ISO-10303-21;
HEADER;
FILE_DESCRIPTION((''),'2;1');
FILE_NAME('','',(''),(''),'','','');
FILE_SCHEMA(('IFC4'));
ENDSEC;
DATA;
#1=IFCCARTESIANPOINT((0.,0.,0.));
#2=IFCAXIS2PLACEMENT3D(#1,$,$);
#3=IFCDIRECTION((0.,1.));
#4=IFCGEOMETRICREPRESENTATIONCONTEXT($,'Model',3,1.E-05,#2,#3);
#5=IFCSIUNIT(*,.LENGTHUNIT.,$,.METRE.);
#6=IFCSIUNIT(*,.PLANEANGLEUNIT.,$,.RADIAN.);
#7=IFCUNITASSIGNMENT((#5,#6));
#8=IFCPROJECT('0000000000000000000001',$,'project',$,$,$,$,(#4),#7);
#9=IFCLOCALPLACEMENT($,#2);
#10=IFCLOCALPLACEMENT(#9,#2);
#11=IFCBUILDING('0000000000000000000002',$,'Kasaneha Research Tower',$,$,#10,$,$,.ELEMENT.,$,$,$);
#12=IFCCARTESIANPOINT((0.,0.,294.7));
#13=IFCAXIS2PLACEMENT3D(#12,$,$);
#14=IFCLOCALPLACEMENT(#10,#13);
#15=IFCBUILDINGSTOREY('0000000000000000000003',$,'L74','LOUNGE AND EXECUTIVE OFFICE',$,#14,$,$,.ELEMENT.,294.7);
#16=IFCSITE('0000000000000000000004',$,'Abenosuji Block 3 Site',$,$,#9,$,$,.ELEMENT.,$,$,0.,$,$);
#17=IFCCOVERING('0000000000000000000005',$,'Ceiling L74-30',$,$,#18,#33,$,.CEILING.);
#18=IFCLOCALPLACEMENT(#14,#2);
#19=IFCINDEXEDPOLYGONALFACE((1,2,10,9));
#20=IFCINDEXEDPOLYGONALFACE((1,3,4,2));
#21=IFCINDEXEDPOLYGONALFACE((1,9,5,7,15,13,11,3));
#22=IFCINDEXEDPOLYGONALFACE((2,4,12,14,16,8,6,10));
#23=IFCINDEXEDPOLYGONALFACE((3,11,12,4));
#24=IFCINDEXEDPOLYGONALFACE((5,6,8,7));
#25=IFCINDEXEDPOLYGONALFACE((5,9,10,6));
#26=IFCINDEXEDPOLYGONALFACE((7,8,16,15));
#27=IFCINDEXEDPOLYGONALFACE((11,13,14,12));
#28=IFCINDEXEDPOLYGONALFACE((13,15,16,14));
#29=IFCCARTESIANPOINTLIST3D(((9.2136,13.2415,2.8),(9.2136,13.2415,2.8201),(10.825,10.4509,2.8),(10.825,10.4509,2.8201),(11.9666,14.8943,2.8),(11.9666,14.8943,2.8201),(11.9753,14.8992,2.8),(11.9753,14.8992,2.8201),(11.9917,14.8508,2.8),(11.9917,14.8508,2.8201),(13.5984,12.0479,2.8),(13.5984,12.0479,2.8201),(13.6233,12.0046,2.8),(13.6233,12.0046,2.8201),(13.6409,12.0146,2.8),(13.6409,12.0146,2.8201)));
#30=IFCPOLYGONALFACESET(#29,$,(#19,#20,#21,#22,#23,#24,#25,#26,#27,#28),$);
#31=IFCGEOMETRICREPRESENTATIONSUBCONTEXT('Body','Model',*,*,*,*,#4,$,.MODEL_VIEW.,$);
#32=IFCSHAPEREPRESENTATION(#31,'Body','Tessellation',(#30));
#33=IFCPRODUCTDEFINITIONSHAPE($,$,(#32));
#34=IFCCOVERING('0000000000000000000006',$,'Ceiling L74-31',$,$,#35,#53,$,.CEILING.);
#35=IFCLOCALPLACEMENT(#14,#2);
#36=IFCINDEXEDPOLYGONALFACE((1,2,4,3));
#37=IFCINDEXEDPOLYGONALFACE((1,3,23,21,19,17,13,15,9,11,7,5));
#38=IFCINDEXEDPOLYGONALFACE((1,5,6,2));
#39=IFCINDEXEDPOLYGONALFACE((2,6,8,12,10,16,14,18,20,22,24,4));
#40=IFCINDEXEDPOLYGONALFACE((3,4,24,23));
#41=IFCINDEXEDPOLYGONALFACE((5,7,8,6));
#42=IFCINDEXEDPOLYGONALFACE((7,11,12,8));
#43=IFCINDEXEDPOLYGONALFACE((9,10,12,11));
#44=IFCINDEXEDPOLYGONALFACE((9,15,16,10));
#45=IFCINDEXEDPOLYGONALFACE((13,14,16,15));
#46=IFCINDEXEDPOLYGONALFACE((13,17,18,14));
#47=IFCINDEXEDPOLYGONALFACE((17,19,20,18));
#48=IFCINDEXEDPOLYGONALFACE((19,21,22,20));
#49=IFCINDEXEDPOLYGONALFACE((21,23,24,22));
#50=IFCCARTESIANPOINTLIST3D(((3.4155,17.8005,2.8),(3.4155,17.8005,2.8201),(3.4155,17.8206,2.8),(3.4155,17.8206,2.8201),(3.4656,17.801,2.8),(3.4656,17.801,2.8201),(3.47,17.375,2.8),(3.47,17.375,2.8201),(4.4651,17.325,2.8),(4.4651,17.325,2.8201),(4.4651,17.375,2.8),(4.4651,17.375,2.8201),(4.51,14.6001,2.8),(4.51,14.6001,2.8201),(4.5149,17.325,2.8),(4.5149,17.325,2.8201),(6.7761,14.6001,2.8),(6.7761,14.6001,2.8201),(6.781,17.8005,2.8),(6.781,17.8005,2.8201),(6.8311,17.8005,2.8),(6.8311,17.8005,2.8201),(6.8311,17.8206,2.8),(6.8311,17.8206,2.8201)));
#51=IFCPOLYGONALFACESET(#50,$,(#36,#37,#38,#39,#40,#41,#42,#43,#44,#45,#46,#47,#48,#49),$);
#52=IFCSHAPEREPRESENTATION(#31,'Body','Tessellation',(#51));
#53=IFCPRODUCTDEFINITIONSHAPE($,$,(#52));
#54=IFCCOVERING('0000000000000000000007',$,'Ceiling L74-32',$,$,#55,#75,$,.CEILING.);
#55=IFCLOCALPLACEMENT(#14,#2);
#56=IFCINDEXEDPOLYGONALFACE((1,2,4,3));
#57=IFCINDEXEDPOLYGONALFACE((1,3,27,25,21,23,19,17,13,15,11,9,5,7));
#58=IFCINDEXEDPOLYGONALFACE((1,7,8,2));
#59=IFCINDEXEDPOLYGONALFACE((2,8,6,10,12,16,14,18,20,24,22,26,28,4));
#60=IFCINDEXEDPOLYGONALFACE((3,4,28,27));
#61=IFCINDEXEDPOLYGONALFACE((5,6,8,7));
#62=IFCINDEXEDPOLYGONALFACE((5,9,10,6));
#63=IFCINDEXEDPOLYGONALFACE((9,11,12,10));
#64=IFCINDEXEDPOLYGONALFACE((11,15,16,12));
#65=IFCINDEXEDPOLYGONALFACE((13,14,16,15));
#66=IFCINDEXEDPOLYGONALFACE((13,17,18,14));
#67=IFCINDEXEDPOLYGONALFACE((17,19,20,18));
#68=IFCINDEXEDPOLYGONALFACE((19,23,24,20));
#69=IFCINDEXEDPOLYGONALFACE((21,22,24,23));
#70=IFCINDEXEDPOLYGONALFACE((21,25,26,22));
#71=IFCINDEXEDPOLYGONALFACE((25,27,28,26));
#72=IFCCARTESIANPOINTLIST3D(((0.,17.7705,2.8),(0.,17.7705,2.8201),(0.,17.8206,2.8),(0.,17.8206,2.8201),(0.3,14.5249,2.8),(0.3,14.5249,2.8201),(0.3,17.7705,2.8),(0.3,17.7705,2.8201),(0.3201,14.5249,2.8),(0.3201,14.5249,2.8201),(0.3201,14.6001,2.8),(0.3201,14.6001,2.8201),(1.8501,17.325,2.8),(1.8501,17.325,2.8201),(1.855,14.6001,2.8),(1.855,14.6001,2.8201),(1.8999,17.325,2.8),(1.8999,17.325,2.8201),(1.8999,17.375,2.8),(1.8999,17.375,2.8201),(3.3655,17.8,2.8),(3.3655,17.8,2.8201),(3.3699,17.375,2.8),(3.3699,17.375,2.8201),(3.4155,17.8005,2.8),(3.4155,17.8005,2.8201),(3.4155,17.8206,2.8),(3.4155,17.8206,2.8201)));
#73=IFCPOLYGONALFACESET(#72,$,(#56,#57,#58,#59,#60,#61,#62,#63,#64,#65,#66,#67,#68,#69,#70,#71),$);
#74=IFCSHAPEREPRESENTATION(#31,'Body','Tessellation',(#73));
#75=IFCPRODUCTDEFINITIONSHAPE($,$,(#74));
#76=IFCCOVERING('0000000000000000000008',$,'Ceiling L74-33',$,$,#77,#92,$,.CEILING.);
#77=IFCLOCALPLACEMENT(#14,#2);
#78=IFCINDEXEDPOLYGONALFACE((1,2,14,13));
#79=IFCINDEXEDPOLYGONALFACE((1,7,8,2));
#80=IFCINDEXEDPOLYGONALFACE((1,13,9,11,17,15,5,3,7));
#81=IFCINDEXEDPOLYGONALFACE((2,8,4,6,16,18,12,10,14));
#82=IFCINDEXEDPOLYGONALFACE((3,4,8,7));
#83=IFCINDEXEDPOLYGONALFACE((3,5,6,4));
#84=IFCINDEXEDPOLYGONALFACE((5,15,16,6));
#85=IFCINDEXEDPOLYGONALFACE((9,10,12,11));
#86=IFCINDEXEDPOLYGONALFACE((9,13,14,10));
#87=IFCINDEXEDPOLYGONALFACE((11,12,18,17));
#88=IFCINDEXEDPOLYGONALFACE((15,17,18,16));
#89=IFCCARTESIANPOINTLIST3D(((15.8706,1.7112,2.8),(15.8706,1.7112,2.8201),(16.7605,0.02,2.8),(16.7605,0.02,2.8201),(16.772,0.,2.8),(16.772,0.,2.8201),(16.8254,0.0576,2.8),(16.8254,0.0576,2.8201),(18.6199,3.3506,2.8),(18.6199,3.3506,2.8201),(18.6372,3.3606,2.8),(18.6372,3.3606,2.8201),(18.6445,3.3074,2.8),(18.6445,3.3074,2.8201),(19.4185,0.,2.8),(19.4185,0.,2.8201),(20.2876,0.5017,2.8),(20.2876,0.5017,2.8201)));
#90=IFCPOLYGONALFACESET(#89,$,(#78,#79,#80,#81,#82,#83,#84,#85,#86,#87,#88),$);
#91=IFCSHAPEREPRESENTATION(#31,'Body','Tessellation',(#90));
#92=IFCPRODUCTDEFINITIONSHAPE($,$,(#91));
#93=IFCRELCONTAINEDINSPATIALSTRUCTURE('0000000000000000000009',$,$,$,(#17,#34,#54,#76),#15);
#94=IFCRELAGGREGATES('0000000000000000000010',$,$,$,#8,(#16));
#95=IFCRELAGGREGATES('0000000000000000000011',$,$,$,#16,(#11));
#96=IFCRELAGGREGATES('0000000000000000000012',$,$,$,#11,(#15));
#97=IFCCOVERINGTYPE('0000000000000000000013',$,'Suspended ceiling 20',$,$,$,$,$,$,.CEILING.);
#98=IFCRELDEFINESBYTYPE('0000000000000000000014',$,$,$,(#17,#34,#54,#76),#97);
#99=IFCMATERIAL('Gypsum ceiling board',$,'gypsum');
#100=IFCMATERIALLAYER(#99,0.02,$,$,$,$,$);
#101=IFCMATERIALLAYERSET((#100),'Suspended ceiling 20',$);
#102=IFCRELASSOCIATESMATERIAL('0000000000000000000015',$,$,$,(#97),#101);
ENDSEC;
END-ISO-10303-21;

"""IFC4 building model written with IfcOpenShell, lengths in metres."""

from ifc_helpers import new_model, si_unit, direction, frame, origin, place, context, subcontext, project, spatial, polyline, outline, extrude, material, layer, layer_set, type_object, element, save


model = new_model("IFC4")

# Units and contexts
model_context = context("Model", 3, precision=1e-05, world=origin(), true_north=direction((0.0, 1.0)))
body_context = subcontext(model_context, "Body", "Model", "MODEL_VIEW")
ifc_project = project(units=[si_unit("LENGTHUNIT", "METRE"), si_unit("PLANEANGLEUNIT", "RADIAN")], contexts=[model_context])

# Site, building, storey
site_placement = place(None, origin())
site = spatial("IfcSite", under=ifc_project, at=site_placement, Name="Abenosuji Block 3 Site", CompositionType="ELEMENT", RefElevation=0.0)
building_placement = place(site_placement, origin())
building = spatial("IfcBuilding", under=site, at=building_placement, Name="Kasaneha Research Tower", CompositionType="ELEMENT")
storey_placement = place(building_placement, frame((0.0, 0.0, 294.7)))
storey = spatial("IfcBuildingStorey", under=building, at=storey_placement, Name="L74", Description="LOUNGE AND EXECUTIVE OFFICE", CompositionType="ELEMENT", Elevation=294.7)

# Coverings
ifc_material_1 = material(Name="Gypsum ceiling board", Category="gypsum")
ifc_layer_1 = layer(ifc_material_1, 0.02)
ifc_layer_set_1 = layer_set([ifc_layer_1], Name="Suspended ceiling 20")
covering_type_1 = type_object("IfcCoveringType", Name="Suspended ceiling 20", PredefinedType="CEILING", material=ifc_layer_set_1)
covering_1_placement = place(storey_placement, frame((0.0, 0.0, 2.8)))
element("IfcCovering", 1, at=covering_1_placement, inside=storey, type_object=covering_type_1, Name="Ceiling L74-30", PredefinedType="CEILING", context=body_context, shape_type="SweptSolid", body=[
    extrude(outline(polyline([(13.6233, 12.0046), (13.5984, 12.0479), (10.825, 10.4509), (9.2136, 13.2415), (11.9917, 14.8508), (11.9666, 14.8943), (11.9753, 14.8992), (13.6409, 12.0146), (13.6233, 12.0046)])), origin(), (0.0, 0.0, 1.0), 0.02),
])
covering_2_placement = place(storey_placement, frame((0.0, 0.0, 2.8)))
element("IfcCovering", 2, at=covering_2_placement, inside=storey, type_object=covering_type_1, Name="Ceiling L74-31", PredefinedType="CEILING", context=body_context, shape_type="SweptSolid", body=[
    extrude(outline(polyline([(6.8311, 17.8005), (6.781, 17.8005), (6.7761, 14.6001), (4.51, 14.6001), (4.5149, 17.325), (4.4651, 17.325), (4.4651, 17.375), (3.47, 17.375), (3.4656, 17.801), (3.4155, 17.8005), (3.4155, 17.8206), (6.8311, 17.8206), (6.8311, 17.8005)])), origin(), (0.0, 0.0, 1.0), 0.02),
])
covering_3_placement = place(storey_placement, frame((0.0, 0.0, 2.8)))
element("IfcCovering", 3, at=covering_3_placement, inside=storey, type_object=covering_type_1, Name="Ceiling L74-32", PredefinedType="CEILING", context=body_context, shape_type="SweptSolid", body=[
    extrude(outline(polyline([(3.4155, 17.8206), (3.4155, 17.8005), (3.3655, 17.8), (3.3699, 17.375), (1.8999, 17.375), (1.8999, 17.325), (1.8501, 17.325), (1.855, 14.6001), (0.3201, 14.6001), (0.3201, 14.5249), (0.3, 14.5249), (0.3, 17.7705), (0.3, 17.7705), (0.0, 17.7705), (0.0, 17.8206), (3.4155, 17.8206)])), origin(), (0.0, 0.0, 1.0), 0.02),
])
covering_4_placement = place(storey_placement, frame((0.0, 0.0, 2.8)))
element("IfcCovering", 4, at=covering_4_placement, inside=storey, type_object=covering_type_1, Name="Ceiling L74-33", PredefinedType="CEILING", context=body_context, shape_type="SweptSolid", body=[
    extrude(outline(polyline([(19.4185, 0.0), (16.772, 0.0), (16.7605, 0.02), (16.8254, 0.0576), (15.8706, 1.7112), (18.6445, 3.3074), (18.6199, 3.3506), (18.6372, 3.3606), (20.2876, 0.5017), (19.4185, 0.0)])), origin(), (0.0, 0.0, 1.0), 0.02),
])

save(model, "model.ifc")
